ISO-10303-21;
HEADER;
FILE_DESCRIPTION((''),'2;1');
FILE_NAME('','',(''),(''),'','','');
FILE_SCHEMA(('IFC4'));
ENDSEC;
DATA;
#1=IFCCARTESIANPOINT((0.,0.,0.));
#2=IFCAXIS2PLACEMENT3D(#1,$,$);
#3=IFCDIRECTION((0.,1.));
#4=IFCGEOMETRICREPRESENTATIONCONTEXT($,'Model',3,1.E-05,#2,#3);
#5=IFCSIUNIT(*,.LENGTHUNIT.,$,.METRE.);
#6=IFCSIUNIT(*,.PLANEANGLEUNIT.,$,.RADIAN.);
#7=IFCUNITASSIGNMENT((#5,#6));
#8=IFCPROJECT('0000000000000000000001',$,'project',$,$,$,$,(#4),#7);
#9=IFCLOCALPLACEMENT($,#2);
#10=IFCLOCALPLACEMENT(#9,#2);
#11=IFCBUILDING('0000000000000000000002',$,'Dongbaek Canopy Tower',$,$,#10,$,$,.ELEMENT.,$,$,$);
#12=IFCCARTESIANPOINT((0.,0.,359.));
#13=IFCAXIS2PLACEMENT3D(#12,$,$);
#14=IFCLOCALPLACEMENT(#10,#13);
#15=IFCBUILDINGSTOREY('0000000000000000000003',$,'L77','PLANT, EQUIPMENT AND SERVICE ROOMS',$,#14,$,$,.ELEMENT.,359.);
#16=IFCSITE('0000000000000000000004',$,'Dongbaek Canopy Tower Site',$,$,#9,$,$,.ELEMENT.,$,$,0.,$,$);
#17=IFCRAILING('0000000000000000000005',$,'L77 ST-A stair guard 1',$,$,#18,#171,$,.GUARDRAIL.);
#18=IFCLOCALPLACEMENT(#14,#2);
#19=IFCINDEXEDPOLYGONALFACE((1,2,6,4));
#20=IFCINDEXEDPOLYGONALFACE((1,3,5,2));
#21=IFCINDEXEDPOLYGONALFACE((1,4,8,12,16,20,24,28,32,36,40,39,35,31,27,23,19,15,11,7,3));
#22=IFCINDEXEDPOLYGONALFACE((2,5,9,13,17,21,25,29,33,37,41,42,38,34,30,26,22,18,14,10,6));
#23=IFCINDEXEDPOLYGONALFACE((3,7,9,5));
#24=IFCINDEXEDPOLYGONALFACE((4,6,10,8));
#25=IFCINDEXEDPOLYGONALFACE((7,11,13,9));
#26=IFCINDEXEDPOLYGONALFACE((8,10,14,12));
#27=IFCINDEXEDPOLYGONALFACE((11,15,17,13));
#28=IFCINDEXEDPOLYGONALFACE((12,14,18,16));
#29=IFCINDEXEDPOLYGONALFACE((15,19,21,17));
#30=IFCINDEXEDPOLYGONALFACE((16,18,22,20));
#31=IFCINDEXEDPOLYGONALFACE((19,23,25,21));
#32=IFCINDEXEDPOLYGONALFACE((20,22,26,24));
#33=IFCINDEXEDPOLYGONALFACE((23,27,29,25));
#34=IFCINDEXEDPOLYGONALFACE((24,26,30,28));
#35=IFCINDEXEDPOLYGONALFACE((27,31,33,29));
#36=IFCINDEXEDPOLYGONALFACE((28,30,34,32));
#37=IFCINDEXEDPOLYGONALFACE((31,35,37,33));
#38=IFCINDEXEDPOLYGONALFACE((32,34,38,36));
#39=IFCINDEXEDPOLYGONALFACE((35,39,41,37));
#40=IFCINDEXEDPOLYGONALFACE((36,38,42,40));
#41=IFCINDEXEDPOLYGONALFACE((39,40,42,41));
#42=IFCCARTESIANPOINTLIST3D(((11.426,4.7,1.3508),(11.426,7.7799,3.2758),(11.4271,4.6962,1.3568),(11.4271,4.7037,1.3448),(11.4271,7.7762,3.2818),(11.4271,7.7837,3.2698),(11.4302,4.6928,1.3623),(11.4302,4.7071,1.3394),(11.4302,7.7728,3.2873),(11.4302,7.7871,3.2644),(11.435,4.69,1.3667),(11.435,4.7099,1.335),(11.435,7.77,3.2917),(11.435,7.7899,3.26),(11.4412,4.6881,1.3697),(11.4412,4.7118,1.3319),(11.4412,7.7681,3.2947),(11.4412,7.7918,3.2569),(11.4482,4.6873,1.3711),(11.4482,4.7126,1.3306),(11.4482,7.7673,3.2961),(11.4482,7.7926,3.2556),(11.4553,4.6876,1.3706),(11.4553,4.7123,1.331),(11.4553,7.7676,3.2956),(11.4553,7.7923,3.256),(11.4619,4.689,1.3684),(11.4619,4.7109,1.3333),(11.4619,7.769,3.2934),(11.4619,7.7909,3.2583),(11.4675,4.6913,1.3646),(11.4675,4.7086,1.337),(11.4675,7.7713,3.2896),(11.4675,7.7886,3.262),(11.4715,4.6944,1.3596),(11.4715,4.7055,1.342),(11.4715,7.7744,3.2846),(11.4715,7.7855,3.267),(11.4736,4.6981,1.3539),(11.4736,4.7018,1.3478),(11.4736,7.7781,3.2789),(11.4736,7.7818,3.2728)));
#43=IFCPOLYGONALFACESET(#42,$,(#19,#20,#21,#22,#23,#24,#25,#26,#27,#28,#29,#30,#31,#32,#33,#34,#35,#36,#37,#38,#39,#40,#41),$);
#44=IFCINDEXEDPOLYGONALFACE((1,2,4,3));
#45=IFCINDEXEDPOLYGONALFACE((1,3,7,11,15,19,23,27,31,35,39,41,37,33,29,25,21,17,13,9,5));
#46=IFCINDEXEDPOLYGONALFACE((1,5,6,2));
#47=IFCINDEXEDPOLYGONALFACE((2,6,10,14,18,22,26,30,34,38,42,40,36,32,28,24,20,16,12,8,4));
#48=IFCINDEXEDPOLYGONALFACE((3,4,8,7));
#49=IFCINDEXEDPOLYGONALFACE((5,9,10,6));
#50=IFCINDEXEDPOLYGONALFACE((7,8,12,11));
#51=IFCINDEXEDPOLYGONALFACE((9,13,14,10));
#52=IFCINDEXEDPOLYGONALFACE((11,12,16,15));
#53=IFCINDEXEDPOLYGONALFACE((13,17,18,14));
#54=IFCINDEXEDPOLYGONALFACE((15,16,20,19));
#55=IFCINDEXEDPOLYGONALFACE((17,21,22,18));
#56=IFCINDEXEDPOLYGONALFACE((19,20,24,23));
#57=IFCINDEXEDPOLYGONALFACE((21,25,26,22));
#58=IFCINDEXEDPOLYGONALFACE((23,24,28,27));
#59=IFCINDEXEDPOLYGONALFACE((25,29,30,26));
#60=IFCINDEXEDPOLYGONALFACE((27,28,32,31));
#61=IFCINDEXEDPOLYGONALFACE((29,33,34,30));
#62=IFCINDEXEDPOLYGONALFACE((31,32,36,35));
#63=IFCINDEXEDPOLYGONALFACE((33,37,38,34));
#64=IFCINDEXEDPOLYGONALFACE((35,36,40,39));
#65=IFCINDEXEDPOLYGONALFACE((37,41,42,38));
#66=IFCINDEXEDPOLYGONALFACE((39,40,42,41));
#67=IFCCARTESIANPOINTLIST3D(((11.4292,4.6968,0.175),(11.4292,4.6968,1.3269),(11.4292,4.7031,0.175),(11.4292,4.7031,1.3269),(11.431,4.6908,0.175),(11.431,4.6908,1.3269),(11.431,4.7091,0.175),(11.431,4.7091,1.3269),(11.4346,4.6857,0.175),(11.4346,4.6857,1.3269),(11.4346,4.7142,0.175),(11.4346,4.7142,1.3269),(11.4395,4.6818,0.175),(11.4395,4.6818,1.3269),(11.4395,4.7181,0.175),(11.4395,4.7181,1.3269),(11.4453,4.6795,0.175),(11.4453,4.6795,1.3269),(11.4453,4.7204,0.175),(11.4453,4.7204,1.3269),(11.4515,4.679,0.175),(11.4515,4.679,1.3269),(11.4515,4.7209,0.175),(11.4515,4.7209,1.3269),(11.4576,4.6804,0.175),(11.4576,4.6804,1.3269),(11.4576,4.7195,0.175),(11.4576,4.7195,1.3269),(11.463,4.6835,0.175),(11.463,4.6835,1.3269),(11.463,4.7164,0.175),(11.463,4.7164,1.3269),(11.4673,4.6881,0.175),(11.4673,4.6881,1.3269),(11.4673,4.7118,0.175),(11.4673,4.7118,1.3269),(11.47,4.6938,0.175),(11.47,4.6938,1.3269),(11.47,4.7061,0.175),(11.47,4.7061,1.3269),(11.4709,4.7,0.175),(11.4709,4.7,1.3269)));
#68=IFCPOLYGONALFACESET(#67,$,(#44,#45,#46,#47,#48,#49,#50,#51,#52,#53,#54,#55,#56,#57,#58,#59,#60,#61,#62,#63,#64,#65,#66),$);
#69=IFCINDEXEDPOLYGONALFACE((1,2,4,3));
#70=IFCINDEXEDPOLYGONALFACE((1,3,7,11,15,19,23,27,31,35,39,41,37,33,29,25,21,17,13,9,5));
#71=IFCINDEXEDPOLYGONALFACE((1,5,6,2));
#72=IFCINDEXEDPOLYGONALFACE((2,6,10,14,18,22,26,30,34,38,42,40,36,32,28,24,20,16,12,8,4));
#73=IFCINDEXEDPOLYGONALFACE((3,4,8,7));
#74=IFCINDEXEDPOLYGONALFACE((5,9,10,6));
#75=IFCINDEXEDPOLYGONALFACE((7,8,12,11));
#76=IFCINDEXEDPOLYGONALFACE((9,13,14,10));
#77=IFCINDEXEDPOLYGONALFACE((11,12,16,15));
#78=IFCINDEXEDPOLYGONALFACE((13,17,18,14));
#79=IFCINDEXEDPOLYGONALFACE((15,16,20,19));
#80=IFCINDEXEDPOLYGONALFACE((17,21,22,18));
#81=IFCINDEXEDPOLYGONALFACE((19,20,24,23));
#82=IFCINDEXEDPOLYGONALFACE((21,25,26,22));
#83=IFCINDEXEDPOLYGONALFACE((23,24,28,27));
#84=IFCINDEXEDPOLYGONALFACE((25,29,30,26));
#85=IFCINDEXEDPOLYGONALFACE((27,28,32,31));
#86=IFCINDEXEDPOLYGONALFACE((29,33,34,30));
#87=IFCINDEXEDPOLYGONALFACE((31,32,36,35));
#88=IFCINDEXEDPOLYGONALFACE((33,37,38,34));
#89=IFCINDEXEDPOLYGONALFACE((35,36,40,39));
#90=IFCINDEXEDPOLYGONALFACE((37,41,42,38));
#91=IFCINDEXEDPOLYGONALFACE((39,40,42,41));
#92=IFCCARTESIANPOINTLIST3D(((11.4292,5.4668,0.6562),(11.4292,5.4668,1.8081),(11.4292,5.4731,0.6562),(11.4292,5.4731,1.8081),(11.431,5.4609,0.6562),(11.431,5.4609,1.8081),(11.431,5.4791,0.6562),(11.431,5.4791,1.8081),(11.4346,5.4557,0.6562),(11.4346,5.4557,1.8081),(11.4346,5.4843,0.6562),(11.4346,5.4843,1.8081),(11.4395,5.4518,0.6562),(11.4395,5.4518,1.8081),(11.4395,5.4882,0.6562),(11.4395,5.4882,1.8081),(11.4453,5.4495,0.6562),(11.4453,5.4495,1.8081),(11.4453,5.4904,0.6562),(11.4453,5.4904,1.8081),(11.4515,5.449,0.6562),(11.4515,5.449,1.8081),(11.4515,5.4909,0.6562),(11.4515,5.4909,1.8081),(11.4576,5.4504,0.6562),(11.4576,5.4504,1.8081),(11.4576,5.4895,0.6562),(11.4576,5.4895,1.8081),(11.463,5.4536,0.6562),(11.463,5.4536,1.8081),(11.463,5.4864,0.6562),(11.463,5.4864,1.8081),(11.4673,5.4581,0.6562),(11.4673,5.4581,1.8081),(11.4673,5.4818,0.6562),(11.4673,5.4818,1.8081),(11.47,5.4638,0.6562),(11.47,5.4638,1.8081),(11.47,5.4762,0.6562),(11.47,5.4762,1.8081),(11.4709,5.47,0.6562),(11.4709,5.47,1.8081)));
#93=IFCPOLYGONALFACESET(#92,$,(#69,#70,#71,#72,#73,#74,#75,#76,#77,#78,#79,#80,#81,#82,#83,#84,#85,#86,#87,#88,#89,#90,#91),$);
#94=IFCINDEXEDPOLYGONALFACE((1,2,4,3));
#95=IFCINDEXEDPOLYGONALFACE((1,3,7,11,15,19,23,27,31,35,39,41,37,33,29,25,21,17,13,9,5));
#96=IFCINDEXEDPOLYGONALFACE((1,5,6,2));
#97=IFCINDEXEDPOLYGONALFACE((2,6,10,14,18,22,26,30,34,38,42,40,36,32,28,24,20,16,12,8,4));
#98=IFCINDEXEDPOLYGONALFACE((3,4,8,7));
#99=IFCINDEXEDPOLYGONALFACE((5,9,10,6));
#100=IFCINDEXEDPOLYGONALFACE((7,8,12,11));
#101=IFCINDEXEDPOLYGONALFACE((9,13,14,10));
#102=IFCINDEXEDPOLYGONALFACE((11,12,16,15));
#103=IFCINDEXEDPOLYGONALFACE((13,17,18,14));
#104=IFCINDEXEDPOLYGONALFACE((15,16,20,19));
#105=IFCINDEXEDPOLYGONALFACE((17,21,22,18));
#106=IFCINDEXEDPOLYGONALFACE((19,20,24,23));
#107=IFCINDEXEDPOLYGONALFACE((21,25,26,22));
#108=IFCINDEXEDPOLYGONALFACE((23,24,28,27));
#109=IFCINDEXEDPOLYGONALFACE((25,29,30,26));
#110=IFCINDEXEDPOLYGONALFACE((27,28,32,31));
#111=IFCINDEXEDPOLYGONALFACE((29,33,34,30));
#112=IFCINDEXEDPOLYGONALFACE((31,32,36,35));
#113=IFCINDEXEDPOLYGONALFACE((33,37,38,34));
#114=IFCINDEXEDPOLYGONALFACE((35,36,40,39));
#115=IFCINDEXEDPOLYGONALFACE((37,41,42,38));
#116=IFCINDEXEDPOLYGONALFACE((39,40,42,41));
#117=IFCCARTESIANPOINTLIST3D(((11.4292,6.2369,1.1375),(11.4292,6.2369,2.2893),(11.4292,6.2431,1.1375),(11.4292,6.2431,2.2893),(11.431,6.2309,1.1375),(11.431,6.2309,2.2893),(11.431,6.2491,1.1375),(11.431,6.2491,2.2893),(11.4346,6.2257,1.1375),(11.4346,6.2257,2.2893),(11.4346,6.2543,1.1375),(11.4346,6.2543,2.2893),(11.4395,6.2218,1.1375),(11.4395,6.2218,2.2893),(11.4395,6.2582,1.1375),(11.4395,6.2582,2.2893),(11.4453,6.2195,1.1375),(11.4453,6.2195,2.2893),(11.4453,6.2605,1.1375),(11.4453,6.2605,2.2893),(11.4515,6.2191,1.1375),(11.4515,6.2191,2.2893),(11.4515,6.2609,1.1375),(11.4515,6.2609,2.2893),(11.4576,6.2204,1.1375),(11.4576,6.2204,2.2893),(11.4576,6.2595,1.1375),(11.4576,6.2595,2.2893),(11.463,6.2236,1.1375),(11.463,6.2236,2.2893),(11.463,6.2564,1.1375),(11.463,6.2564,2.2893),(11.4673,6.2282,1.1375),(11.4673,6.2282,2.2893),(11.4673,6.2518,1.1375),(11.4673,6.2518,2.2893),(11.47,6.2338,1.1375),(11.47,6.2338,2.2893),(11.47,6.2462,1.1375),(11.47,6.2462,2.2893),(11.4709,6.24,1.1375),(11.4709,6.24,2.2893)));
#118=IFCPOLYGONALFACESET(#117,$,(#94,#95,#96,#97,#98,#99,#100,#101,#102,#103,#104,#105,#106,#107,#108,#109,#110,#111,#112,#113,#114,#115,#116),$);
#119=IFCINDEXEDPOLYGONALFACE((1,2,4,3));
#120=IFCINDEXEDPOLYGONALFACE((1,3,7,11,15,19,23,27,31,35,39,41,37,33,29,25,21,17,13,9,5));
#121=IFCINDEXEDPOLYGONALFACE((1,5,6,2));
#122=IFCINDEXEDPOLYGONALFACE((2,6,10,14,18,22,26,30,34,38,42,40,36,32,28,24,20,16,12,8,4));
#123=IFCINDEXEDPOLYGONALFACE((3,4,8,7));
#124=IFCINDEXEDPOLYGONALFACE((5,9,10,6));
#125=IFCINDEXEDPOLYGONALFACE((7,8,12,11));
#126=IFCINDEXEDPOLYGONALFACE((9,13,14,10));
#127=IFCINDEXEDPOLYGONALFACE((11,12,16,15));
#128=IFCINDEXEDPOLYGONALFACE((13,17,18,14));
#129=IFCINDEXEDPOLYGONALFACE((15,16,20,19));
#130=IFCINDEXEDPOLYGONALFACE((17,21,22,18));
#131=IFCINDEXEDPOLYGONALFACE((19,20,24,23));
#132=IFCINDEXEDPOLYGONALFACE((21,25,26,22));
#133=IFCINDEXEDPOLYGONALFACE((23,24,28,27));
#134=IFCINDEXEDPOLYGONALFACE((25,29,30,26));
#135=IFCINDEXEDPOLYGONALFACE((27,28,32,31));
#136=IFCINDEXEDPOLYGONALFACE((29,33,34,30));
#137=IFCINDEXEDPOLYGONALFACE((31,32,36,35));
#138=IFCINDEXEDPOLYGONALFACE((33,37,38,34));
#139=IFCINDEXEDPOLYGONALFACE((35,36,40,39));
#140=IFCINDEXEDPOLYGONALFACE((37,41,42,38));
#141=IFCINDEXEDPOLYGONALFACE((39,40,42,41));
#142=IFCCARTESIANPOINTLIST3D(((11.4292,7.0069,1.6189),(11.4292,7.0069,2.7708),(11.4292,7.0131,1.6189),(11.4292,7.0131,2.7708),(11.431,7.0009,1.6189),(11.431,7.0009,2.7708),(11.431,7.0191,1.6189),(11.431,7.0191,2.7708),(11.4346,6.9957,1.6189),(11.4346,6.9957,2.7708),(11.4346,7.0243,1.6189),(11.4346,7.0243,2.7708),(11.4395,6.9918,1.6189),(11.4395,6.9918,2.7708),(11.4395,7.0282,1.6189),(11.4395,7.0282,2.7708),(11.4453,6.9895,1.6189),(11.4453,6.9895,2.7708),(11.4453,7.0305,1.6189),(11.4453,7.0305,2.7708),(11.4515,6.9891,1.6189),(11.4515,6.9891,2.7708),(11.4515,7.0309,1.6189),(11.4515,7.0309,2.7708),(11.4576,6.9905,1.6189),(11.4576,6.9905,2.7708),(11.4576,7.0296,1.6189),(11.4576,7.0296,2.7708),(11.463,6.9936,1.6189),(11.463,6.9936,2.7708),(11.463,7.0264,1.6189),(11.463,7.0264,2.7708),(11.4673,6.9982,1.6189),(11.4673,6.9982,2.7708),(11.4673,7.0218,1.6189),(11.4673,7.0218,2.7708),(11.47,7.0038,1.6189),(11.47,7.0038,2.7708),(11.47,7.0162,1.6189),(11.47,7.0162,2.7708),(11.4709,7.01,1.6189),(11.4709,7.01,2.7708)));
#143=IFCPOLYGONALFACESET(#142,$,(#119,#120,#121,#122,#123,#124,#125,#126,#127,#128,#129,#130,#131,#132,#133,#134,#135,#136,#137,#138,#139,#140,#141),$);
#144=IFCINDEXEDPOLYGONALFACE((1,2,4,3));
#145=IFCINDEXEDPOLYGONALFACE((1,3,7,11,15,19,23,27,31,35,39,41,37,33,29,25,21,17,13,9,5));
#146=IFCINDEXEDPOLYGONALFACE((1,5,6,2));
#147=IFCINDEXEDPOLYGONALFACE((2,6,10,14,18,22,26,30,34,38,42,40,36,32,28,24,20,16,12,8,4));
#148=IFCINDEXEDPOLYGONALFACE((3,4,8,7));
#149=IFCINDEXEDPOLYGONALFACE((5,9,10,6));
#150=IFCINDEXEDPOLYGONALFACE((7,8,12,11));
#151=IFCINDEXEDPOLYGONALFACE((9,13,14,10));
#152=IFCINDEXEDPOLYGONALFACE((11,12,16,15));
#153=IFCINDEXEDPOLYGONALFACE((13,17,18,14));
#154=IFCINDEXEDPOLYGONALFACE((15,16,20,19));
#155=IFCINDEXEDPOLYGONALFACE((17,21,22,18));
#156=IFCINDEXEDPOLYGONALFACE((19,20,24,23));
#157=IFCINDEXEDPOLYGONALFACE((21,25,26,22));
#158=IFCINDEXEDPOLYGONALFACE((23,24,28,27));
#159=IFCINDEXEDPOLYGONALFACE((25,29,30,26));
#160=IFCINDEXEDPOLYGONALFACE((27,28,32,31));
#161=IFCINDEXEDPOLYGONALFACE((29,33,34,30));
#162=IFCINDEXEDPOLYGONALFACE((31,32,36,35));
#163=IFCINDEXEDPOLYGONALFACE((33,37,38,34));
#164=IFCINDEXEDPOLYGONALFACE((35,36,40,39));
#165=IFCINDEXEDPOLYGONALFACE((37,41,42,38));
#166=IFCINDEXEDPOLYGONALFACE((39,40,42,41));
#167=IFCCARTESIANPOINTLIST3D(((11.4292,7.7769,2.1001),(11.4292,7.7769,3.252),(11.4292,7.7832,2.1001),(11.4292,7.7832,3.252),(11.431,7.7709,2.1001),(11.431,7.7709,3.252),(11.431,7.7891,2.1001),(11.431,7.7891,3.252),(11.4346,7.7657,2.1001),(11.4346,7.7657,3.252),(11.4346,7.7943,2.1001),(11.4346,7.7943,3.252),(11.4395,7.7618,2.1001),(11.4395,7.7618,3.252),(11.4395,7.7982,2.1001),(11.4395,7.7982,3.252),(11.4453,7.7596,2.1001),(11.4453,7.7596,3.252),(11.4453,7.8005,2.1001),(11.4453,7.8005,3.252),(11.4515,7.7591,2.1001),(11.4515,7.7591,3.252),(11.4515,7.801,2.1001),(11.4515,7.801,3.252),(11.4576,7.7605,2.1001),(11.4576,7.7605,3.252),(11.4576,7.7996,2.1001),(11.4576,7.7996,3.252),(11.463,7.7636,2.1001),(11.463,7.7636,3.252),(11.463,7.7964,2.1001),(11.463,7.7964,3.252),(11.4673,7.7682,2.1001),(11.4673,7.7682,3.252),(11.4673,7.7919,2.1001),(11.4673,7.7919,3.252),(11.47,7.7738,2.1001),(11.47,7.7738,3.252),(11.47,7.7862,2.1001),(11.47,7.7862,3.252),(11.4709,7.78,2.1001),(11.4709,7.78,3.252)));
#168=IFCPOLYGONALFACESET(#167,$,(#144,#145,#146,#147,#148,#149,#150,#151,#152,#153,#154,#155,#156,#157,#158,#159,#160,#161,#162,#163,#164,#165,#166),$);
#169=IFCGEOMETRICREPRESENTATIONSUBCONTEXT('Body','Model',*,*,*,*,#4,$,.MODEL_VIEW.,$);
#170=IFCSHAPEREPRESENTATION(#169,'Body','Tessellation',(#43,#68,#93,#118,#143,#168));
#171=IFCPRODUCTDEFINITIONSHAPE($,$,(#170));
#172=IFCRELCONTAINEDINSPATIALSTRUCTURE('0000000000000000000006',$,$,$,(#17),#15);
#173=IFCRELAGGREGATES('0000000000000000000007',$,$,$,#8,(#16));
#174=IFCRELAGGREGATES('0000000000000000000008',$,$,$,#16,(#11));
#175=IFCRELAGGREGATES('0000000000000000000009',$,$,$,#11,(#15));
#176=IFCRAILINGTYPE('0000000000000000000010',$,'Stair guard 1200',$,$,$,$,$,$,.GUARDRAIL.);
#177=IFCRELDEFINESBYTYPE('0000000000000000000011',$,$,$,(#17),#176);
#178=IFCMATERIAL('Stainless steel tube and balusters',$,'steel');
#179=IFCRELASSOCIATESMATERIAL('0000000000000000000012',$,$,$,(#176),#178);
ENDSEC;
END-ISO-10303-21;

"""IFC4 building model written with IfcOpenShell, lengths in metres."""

from ifc_helpers import new_model, si_unit, direction, frame, origin, origin_2d, place, context, subcontext, project, spatial, circle, extrude, material, type_object, element, save


model = new_model("IFC4")

# Units and contexts
model_context = context("Model", 3, precision=1e-05, world=origin(), true_north=direction((0.0, 1.0)))
body_context = subcontext(model_context, "Body", "Model", "MODEL_VIEW")
ifc_project = project(units=[si_unit("LENGTHUNIT", "METRE"), si_unit("PLANEANGLEUNIT", "RADIAN")], contexts=[model_context])

# Site, building, storey
site_placement = place(None, origin())
site = spatial("IfcSite", under=ifc_project, at=site_placement, Name="Dongbaek Canopy Tower Site", CompositionType="ELEMENT", RefElevation=0.0)
building_placement = place(site_placement, origin())
building = spatial("IfcBuilding", under=site, at=building_placement, Name="Dongbaek Canopy Tower", CompositionType="ELEMENT")
storey_placement = place(building_placement, frame((0.0, 0.0, 359.0)))
storey = spatial("IfcBuildingStorey", under=building, at=storey_placement, Name="L77", Description="PLANT, EQUIPMENT AND SERVICE ROOMS", CompositionType="ELEMENT", Elevation=359.0)

# Railing
ifc_material_1 = material(Name="Stainless steel tube and balusters", Category="steel")
railing_type_1 = type_object("IfcRailingType", Name="Stair guard 1200", PredefinedType="GUARDRAIL", material=ifc_material_1)
railing_1_placement = place(storey_placement, frame((11.45, 4.7, 0.175)))
element("IfcRailing", 1, at=railing_1_placement, inside=storey, type_object=railing_type_1, Name="L77 ST-A stair guard 1", PredefinedType="GUARDRAIL", context=body_context, shape_type="SweptSolid", body=[
    extrude(circle(Radius=0.0239, at=origin_2d()), frame((0.0, 0.0, 1.1758), z_axis=(0.0, 0.847998, 0.529999), x_axis=(-1.0, 0.0, 0.0)), (0.0, 0.0, 1.0), 3.6321),
    extrude(circle(Radius=0.021, at=origin_2d()), origin(), (0.0, 0.0, 1.0), 1.1519),
    extrude(circle(Radius=0.021, at=origin_2d()), frame((0.0, 0.77, 0.4812)), (0.0, 0.0, 1.0), 1.1519),
    extrude(circle(Radius=0.021, at=origin_2d()), frame((0.0, 1.54, 0.9624)), (0.0, 0.0, 1.0), 1.1519),
    extrude(circle(Radius=0.021, at=origin_2d()), frame((0.0, 2.3101, 1.4438)), (0.0, 0.0, 1.0), 1.1519),
    extrude(circle(Radius=0.021, at=origin_2d()), frame((0.0, 3.0801, 1.925)), (0.0, 0.0, 1.0), 1.1519),
])

save(model, "model.ifc")
